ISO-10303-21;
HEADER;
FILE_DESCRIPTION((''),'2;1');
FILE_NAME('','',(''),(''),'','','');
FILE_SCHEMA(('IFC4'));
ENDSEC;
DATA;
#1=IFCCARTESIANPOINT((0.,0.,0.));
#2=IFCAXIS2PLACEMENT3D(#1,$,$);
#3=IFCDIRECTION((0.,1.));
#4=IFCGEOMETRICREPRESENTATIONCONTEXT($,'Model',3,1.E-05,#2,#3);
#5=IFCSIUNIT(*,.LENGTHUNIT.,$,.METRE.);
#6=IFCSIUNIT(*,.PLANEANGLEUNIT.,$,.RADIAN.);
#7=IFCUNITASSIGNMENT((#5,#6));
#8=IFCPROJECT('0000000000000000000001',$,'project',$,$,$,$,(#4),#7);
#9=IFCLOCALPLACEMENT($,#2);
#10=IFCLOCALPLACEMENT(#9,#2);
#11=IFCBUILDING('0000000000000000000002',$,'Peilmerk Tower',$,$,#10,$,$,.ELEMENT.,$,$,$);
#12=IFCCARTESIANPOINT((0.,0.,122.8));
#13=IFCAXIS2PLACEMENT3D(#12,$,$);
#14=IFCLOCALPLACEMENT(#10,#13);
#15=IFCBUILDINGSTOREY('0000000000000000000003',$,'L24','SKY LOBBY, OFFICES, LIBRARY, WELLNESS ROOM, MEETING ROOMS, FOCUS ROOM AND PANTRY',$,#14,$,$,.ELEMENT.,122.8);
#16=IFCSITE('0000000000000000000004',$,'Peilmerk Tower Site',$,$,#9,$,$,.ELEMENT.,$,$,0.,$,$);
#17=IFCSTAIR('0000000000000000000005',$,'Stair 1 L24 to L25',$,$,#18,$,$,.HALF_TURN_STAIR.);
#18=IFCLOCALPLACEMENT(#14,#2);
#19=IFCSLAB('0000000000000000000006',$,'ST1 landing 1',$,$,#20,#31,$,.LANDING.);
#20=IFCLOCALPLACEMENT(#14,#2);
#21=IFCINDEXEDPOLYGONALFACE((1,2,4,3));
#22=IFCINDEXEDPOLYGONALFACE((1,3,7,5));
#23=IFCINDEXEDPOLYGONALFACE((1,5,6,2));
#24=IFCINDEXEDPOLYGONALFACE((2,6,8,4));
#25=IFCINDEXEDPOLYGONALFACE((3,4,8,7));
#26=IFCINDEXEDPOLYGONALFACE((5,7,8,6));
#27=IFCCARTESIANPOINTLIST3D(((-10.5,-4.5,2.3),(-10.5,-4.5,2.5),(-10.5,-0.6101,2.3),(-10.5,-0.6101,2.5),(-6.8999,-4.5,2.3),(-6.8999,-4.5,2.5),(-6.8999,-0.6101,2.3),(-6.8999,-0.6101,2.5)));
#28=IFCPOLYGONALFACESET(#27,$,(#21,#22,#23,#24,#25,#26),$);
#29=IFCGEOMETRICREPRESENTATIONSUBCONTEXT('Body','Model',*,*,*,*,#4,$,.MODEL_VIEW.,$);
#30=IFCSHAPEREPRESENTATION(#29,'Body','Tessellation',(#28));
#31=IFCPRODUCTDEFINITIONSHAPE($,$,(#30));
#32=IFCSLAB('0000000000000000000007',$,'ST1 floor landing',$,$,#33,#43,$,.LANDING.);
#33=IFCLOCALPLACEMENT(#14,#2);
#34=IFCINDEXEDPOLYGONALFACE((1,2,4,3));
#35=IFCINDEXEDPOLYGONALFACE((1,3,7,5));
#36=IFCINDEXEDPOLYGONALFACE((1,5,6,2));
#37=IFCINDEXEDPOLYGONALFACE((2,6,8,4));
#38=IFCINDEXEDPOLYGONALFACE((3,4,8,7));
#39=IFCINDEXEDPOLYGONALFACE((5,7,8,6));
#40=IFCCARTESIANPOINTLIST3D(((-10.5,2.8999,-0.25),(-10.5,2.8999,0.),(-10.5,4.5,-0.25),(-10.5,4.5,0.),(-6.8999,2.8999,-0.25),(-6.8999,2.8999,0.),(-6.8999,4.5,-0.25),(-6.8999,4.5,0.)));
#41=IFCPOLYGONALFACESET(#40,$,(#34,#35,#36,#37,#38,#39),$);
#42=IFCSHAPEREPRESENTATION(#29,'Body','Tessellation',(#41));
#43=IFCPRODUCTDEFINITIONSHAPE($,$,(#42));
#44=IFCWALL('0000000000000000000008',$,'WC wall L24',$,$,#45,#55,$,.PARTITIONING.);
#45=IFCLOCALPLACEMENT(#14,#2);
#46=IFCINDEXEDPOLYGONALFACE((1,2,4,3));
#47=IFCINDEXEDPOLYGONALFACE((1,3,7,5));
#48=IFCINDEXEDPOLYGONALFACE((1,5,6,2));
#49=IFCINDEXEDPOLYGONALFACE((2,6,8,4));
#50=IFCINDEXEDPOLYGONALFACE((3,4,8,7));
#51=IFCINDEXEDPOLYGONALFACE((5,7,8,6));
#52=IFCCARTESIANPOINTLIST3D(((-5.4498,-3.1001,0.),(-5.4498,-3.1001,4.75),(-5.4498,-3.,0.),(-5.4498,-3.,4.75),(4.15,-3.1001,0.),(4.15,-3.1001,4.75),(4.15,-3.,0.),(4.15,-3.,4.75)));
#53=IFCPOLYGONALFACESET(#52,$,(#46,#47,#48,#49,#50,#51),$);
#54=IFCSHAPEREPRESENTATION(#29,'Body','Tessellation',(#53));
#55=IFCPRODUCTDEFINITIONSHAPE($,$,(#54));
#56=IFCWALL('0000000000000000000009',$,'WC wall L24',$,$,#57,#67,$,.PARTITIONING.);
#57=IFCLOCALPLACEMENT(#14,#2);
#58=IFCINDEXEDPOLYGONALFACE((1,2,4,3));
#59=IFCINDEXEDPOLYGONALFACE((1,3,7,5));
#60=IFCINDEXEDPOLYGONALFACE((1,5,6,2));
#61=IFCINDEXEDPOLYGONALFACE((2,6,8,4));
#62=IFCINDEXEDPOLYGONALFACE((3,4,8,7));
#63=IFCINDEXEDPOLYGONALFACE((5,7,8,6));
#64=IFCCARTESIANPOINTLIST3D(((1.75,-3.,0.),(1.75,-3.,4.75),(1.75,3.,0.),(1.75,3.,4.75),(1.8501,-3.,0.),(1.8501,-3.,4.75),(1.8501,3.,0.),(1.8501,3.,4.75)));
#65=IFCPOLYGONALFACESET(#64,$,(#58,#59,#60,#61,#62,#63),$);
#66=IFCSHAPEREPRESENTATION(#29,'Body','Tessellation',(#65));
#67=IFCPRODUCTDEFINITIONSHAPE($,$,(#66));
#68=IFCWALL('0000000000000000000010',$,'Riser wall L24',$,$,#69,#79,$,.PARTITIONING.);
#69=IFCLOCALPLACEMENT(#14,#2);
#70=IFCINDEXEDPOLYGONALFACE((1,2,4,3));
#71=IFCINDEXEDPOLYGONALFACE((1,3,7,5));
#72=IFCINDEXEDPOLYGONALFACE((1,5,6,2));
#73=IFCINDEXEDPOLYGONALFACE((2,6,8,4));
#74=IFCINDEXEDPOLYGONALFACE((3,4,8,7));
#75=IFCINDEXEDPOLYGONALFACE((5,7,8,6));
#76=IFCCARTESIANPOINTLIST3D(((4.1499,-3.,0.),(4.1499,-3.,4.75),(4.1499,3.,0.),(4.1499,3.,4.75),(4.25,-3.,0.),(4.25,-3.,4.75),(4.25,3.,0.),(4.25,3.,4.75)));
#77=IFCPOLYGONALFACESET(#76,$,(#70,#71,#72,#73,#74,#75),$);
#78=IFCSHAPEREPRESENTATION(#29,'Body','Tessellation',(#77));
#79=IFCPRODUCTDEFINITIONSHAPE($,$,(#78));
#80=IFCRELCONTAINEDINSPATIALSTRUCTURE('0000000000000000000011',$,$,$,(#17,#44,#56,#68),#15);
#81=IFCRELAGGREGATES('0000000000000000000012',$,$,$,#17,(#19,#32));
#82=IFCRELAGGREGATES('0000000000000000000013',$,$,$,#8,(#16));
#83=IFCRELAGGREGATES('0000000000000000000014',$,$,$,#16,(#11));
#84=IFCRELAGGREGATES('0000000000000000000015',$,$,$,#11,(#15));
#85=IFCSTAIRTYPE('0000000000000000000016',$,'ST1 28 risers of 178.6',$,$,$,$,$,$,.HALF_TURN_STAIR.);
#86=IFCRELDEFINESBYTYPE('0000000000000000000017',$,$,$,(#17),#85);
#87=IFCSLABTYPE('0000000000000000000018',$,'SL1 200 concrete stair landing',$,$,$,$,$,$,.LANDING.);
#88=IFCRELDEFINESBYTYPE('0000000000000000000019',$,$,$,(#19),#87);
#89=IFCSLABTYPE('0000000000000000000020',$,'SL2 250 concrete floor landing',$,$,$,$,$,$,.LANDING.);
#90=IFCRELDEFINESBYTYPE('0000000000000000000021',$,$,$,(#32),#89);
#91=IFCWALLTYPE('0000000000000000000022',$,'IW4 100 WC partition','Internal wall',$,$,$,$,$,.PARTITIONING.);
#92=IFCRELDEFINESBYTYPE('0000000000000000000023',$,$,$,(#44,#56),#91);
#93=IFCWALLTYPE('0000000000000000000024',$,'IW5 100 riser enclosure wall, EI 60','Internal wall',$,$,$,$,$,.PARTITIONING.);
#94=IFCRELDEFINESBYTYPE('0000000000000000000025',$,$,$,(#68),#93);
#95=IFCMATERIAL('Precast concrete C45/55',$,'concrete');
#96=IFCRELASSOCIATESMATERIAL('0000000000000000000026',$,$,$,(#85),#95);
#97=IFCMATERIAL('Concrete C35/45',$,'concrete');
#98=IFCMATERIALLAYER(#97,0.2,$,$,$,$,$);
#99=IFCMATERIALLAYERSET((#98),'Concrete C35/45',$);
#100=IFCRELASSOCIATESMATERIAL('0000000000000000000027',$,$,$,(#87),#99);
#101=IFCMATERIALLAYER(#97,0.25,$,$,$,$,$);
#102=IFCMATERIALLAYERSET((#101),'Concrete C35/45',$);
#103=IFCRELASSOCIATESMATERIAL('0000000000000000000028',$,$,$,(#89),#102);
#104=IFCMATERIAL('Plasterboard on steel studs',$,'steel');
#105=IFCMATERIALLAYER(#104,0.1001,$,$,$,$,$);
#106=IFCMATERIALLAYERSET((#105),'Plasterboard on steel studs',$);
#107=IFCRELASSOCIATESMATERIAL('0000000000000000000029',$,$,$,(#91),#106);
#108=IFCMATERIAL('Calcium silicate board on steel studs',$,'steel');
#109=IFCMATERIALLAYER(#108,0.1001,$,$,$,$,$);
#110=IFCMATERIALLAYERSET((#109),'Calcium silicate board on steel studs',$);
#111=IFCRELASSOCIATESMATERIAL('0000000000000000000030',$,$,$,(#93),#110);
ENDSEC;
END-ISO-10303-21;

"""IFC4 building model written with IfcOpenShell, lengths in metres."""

from ifc_helpers import new_model, si_unit, direction, frame, frame_2d, origin, place, context, subcontext, project, spatial, polyline, rectangle, outline, extrude, material, layer, layer_set, type_object, element, aggregate, save


model = new_model("IFC4")

# Units and contexts
model_context = context("Model", 3, precision=1e-05, world=origin(), true_north=direction((0.0, 1.0)))
body_context = subcontext(model_context, "Body", "Model", "MODEL_VIEW")
ifc_project = project(units=[si_unit("LENGTHUNIT", "METRE"), si_unit("PLANEANGLEUNIT", "RADIAN")], contexts=[model_context])

# Site, building, storey
site_placement = place(None, origin())
site = spatial("IfcSite", under=ifc_project, at=site_placement, Name="Peilmerk Tower Site", CompositionType="ELEMENT", RefElevation=0.0)
building_placement = place(site_placement, origin())
building = spatial("IfcBuilding", under=site, at=building_placement, Name="Peilmerk Tower", CompositionType="ELEMENT")
storey_placement = place(building_placement, frame((0.0, 0.0, 122.8)))
storey = spatial("IfcBuildingStorey", under=building, at=storey_placement, Name="L24", Description="SKY LOBBY, OFFICES, LIBRARY, WELLNESS ROOM, MEETING ROOMS, FOCUS ROOM AND PANTRY", CompositionType="ELEMENT", Elevation=122.8)

# Stair, slabs
ifc_material_1 = material(Name="Precast concrete C45/55", Category="concrete")
stair_type = type_object("IfcStairType", Name="ST1 28 risers of 178.6", PredefinedType="HALF_TURN_STAIR", material=ifc_material_1)
stair_placement = place(storey_placement, origin())
stair = element("IfcStair", 1, at=stair_placement, inside=storey, type_object=stair_type, Name="Stair 1 L24 to L25", PredefinedType="HALF_TURN_STAIR")
ifc_material_2 = material(Name="Concrete C35/45", Category="concrete")
ifc_layer_1 = layer(ifc_material_2, 0.2)
ifc_layer_set_1 = layer_set([ifc_layer_1], Name="Concrete C35/45")
slab_type_1 = type_object("IfcSlabType", Name="SL1 200 concrete stair landing", PredefinedType="LANDING", material=ifc_layer_set_1)
slab_1_placement = place(storey_placement, frame((0.0, 0.0, 2.3)))
slab_1 = element("IfcSlab", 2, at=slab_1_placement, type_object=slab_type_1, Name="ST1 landing 1", PredefinedType="LANDING", context=body_context, shape_type="SweptSolid", body=[
    extrude(outline(polyline([(-10.5, -4.5), (-6.8999, -4.5), (-6.8999, -0.6101), (-10.5, -0.6101), (-10.5, -4.5)])), origin(), (0.0, 0.0, 1.0), 0.2),
])
ifc_layer_2 = layer(ifc_material_2, 0.25)
ifc_layer_set_2 = layer_set([ifc_layer_2], Name="Concrete C35/45")
slab_type_2 = type_object("IfcSlabType", Name="SL2 250 concrete floor landing", PredefinedType="LANDING", material=ifc_layer_set_2)
slab_2_placement = place(storey_placement, frame((0.0, 0.0, -0.25)))
slab_2 = element("IfcSlab", 3, at=slab_2_placement, type_object=slab_type_2, Name="ST1 floor landing", PredefinedType="LANDING", context=body_context, shape_type="SweptSolid", body=[
    extrude(outline(polyline([(-10.5, 2.8999), (-6.8999, 2.8999), (-6.8999, 4.5), (-10.5, 4.5), (-10.5, 2.8999)])), origin(), (0.0, 0.0, 1.0), 0.25),
])
aggregate(stair, [slab_1, slab_2])

# Walls
ifc_material_3 = material(Name="Plasterboard on steel studs", Category="steel")
ifc_layer_3 = layer(ifc_material_3, 0.1001)
ifc_layer_set_3 = layer_set([ifc_layer_3], Name="Plasterboard on steel studs")
wall_type_1 = type_object("IfcWallType", Name="IW4 100 WC partition", Description="Internal wall", PredefinedType="PARTITIONING", material=ifc_layer_set_3)
wall_1_placement = place(storey_placement, frame((4.1499, -3.05, 0.0), z_axis=(0.0, 0.0, 1.0), x_axis=(-1.0, 0.0, 0.0)))
element("IfcWall", 4, at=wall_1_placement, inside=storey, type_object=wall_type_1, Name="WC wall L24", PredefinedType="PARTITIONING", context=body_context, shape_type="SweptSolid", body=[
    extrude(rectangle(XDim=9.5999, YDim=0.1001, at=frame_2d((4.7998, 0.0))), origin(), (0.0, 0.0, 1.0), 4.75),
])
wall_2_placement = place(storey_placement, frame((1.8, -3.0, 0.0), z_axis=(0.0, 0.0, 1.0), x_axis=(0.0, 1.0, 0.0)))
element("IfcWall", 5, at=wall_2_placement, inside=storey, type_object=wall_type_1, Name="WC wall L24", PredefinedType="PARTITIONING", context=body_context, shape_type="SweptSolid", body=[
    extrude(rectangle(XDim=6.0, YDim=0.1001, at=frame_2d((3.0, 0.0))), origin(), (0.0, 0.0, 1.0), 4.75),
])
ifc_material_4 = material(Name="Calcium silicate board on steel studs", Category="steel")
ifc_layer_4 = layer(ifc_material_4, 0.1001)
ifc_layer_set_4 = layer_set([ifc_layer_4], Name="Calcium silicate board on steel studs")
wall_type_2 = type_object("IfcWallType", Name="IW5 100 riser enclosure wall, EI 60", Description="Internal wall", PredefinedType="PARTITIONING", material=ifc_layer_set_4)
wall_3_placement = place(storey_placement, frame((4.2, -3.0, 0.0), z_axis=(0.0, 0.0, 1.0), x_axis=(0.0, 1.0, 0.0)))
element("IfcWall", 6, at=wall_3_placement, inside=storey, type_object=wall_type_2, Name="Riser wall L24", PredefinedType="PARTITIONING", context=body_context, shape_type="SweptSolid", body=[
    extrude(rectangle(XDim=6.0, YDim=0.1001, at=frame_2d((3.0, 0.0))), origin(), (0.0, 0.0, 1.0), 4.75),
])

save(model, "model.ifc")
